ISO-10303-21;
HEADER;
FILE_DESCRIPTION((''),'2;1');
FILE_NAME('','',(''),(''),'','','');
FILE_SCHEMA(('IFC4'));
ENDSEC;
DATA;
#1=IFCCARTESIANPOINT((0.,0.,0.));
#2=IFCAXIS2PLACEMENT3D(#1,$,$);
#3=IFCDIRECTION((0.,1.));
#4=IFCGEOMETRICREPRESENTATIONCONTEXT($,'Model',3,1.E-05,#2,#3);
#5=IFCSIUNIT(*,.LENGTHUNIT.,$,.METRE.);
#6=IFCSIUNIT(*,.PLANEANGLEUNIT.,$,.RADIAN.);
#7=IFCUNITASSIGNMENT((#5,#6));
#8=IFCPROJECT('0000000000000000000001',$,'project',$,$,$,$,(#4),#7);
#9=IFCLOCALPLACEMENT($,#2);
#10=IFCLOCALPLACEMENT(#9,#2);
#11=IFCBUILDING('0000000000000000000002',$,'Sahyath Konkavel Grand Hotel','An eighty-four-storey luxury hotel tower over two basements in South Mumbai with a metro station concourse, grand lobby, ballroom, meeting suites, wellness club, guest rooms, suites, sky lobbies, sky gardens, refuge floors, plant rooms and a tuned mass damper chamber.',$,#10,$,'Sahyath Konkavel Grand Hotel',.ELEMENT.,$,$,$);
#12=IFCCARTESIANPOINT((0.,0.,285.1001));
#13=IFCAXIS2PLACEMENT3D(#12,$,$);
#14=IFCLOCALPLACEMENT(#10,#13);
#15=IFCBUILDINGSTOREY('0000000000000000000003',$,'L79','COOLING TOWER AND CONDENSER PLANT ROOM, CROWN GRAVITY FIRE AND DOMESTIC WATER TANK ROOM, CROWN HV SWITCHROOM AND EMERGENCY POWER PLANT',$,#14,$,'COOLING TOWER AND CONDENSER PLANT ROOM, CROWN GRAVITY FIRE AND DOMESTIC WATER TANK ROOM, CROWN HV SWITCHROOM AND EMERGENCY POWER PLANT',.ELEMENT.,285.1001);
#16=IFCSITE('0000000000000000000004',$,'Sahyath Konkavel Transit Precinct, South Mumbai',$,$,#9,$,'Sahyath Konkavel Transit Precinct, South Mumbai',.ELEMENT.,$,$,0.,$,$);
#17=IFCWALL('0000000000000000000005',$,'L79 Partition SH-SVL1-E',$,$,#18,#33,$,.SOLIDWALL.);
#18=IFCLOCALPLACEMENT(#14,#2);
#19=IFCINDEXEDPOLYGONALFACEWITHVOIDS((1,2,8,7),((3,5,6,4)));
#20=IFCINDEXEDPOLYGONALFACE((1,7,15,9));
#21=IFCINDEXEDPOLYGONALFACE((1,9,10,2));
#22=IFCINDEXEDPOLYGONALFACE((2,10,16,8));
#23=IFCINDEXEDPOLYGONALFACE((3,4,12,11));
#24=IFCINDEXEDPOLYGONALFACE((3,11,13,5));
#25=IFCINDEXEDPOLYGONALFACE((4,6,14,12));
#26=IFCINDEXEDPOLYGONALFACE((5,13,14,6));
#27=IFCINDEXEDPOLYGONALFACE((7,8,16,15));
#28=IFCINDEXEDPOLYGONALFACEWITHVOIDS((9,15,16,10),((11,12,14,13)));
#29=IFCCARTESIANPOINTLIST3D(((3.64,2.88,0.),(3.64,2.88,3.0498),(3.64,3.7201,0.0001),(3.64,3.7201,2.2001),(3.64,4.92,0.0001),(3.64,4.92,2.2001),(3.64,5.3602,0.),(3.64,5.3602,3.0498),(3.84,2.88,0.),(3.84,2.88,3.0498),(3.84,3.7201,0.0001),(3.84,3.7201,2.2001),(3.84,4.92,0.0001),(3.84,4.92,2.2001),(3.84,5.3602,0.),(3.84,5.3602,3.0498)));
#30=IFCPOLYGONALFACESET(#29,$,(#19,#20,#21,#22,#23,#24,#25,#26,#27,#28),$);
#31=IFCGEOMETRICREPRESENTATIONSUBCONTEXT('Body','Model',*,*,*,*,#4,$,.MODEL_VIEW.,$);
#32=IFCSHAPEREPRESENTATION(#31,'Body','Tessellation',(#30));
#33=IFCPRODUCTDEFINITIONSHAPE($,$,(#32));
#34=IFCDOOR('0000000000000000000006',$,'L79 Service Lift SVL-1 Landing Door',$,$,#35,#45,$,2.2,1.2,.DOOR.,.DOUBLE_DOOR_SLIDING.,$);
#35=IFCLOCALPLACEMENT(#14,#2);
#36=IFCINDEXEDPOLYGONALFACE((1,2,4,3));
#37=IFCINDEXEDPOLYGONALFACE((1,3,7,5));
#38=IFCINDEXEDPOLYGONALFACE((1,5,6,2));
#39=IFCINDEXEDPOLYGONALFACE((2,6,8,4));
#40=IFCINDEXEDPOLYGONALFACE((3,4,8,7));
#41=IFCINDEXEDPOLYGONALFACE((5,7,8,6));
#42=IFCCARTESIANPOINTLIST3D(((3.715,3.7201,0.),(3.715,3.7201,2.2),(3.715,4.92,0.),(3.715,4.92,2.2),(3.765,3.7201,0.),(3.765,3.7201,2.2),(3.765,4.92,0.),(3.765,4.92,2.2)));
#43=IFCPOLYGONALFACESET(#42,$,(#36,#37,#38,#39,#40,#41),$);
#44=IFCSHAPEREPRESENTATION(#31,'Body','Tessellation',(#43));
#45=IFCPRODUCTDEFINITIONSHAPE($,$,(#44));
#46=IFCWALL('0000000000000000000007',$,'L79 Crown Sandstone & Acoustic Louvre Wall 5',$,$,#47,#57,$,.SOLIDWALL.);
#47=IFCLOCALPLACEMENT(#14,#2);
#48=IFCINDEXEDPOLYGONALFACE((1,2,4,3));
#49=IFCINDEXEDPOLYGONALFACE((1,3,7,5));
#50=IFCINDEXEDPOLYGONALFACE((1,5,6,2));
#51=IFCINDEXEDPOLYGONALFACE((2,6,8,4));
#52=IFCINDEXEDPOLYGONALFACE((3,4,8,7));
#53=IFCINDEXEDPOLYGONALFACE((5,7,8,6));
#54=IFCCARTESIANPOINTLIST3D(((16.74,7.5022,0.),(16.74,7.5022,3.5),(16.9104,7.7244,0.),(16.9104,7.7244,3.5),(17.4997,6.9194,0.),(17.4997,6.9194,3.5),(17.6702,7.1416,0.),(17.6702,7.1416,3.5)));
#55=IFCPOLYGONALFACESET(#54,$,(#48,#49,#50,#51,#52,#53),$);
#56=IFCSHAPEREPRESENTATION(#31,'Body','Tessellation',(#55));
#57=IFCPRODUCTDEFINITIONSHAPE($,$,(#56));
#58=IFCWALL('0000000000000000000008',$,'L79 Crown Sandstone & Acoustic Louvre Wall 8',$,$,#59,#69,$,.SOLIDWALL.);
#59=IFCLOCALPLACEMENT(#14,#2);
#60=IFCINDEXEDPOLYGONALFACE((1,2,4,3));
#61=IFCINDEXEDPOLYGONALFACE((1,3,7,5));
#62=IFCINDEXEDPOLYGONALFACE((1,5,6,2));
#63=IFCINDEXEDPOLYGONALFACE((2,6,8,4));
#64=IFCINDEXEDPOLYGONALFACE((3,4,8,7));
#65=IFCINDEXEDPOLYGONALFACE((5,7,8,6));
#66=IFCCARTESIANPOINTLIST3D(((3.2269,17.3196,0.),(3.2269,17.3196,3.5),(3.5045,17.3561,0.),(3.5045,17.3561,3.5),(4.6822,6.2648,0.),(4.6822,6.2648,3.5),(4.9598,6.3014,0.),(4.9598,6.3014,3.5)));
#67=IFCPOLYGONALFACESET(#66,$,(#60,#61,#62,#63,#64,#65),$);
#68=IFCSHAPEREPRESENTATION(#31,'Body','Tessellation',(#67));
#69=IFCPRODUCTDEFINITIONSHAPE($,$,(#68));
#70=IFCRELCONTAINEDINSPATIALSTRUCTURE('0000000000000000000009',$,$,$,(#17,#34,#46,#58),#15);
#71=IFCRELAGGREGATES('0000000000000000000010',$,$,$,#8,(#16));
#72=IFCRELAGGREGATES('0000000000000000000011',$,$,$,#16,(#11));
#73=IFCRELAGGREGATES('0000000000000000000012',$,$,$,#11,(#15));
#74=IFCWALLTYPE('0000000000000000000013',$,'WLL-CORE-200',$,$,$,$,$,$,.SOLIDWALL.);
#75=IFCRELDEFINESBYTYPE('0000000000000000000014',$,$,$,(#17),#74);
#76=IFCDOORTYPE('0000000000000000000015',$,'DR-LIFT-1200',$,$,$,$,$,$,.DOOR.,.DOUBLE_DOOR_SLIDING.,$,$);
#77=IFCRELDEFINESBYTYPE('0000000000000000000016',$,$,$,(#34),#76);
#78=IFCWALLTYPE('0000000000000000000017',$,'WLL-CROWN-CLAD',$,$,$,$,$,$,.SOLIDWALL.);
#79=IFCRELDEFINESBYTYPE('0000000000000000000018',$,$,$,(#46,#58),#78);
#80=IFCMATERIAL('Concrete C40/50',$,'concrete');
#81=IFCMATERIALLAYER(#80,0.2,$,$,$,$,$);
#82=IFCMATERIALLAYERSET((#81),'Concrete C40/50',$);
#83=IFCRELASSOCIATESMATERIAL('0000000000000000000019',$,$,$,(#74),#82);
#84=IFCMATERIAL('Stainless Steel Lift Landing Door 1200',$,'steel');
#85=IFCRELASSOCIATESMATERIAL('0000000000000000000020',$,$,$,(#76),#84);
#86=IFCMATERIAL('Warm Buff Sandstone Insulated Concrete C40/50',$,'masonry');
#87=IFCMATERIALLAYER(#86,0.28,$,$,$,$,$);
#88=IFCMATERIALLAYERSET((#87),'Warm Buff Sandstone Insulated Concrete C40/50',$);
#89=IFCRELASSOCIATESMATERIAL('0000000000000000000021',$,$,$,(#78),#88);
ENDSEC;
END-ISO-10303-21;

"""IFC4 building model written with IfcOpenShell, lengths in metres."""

from ifc_helpers import new_model, si_unit, direction, frame, frame_2d, origin, origin_2d, place, context, subcontext, project, spatial, rectangle, extrude, source, transform, mapped, material, layer, layer_set, type_object, element, fill, save


model = new_model("IFC4")

# Units and contexts
model_context = context("Model", 3, precision=1e-05, world=origin(), true_north=direction((0.0, 1.0)))
body_context = subcontext(model_context, "Body", "Model", "MODEL_VIEW")
ifc_project = project(units=[si_unit("LENGTHUNIT", "METRE"), si_unit("PLANEANGLEUNIT", "RADIAN")], contexts=[model_context])

# Site, building, storey
site_placement = place(None, origin())
site = spatial("IfcSite", under=ifc_project, at=site_placement, Name="Sahyath Konkavel Transit Precinct, South Mumbai", LongName="Sahyath Konkavel Transit Precinct, South Mumbai", CompositionType="ELEMENT", RefElevation=0.0)
building_placement = place(site_placement, origin())
building = spatial("IfcBuilding", under=site, at=building_placement, Name="Sahyath Konkavel Grand Hotel", Description="An eighty-four-storey luxury hotel tower over two basements in South Mumbai with a metro station concourse, grand lobby, ballroom, meeting suites, wellness club, guest rooms, suites, sky lobbies, sky gardens, refuge floors, plant rooms and a tuned mass damper chamber.", LongName="Sahyath Konkavel Grand Hotel", CompositionType="ELEMENT")
storey_placement = place(building_placement, frame((0.0, 0.0, 285.1001)))
storey = spatial("IfcBuildingStorey", under=building, at=storey_placement, Name="L79", Description="COOLING TOWER AND CONDENSER PLANT ROOM, CROWN GRAVITY FIRE AND DOMESTIC WATER TANK ROOM, CROWN HV SWITCHROOM AND EMERGENCY POWER PLANT", LongName="COOLING TOWER AND CONDENSER PLANT ROOM, CROWN GRAVITY FIRE AND DOMESTIC WATER TANK ROOM, CROWN HV SWITCHROOM AND EMERGENCY POWER PLANT", CompositionType="ELEMENT", Elevation=285.1001)

# Shared definitions
ifc_material_1 = material(Name="Concrete C40/50", Category="concrete")

# Shared definitions
ifc_layer_1 = layer(ifc_material_1, 0.2)
ifc_layer_set_1 = layer_set([ifc_layer_1], Name="Concrete C40/50")
wall_type_1 = type_object("IfcWallType", Name="WLL-CORE-200", PredefinedType="SOLIDWALL", material=ifc_layer_set_1)

# Wall, opening, door
wall_1_placement = place(storey_placement, frame((3.74, 2.8799, 0.0), z_axis=(0.0, 0.0, 1.0), x_axis=(0.0, 1.0, 0.0)))
wall_1 = element("IfcWall", 1, at=wall_1_placement, inside=storey, type_object=wall_type_1, Name="L79 Partition SH-SVL1-E", PredefinedType="SOLIDWALL", context=body_context, shape_type="SweptSolid", body=[
    extrude(rectangle(XDim=2.4802, YDim=0.2, at=frame_2d((1.2402, 0.0))), origin(), (0.0, 0.0, 1.0), 3.0498),
])
opening_1_placement = place(wall_1_placement, frame((0.8401, 0.0, 0.0)))
opening_1 = element("IfcOpeningElement", 2, at=opening_1_placement, cuts=wall_1, PredefinedType="OPENING", context=body_context, shape_type="SweptSolid", body=[
    extrude(rectangle(XDim=1.2, YDim=2.2, at=frame_2d((0.6001, 1.1001))), frame((0.0, 0.1099, 0.0), z_axis=(0.0, -1.0, 0.0), x_axis=(1.0, 0.0, 0.0)), (0.0, 0.0, 1.0), 0.22),
])
ifc_material_2 = material(Name="Stainless Steel Lift Landing Door 1200", Category="steel")
door_type_1 = type_object("IfcDoorType", Name="DR-LIFT-1200", OperationType="DOUBLE_DOOR_SLIDING", PredefinedType="DOOR", material=ifc_material_2)
shared_shape_1 = source(origin(), body_context, "Body", "SweptSolid", [
    extrude(rectangle(XDim=1.2, YDim=0.05, at=origin_2d()), origin(), (0.0, 0.0, 1.0), 2.2),
])
door_1_placement = place(opening_1_placement, frame((0.6001, 0.0, 0.0)))
door_1 = element("IfcDoor", 3, at=door_1_placement, inside=storey, type_object=door_type_1, Name="L79 Service Lift SVL-1 Landing Door", OperationType="DOUBLE_DOOR_SLIDING", OverallHeight=2.2, OverallWidth=1.2, PredefinedType="DOOR", context=body_context, shape_type="MappedRepresentation", body=[
    mapped(shared_shape_1, transform((0.0, 0.0, 0.0), scale=1.0)),
])
fill(opening_1, door_1)

# Walls
ifc_material_3 = material(Name="Warm Buff Sandstone Insulated Concrete C40/50", Category="masonry")
ifc_layer_2 = layer(ifc_material_3, 0.28)
ifc_layer_set_2 = layer_set([ifc_layer_2], Name="Warm Buff Sandstone Insulated Concrete C40/50")
wall_type_2 = type_object("IfcWallType", Name="WLL-CROWN-CLAD", PredefinedType="SOLIDWALL", material=ifc_layer_set_2)
wall_2_placement = place(storey_placement, frame((17.585, 7.0305, 0.0), z_axis=(0.0, 0.0, 1.0), x_axis=(-0.793467, 0.608614, 0.0)))
element("IfcWall", 4, at=wall_2_placement, inside=storey, type_object=wall_type_2, Name="L79 Crown Sandstone & Acoustic Louvre Wall 5", PredefinedType="SOLIDWALL", context=body_context, shape_type="SweptSolid", body=[
    extrude(rectangle(XDim=0.9575, YDim=0.28, at=frame_2d((0.4788, 0.0))), origin(), (0.0, 0.0, 1.0), 3.5),
])
wall_3_placement = place(storey_placement, frame((4.821, 6.283, 0.0), z_axis=(0.0, 0.0, 1.0), x_axis=(-0.130521, 0.991445, 0.0)))
element("IfcWall", 5, at=wall_3_placement, inside=storey, type_object=wall_type_2, Name="L79 Crown Sandstone & Acoustic Louvre Wall 8", PredefinedType="SOLIDWALL", context=body_context, shape_type="SweptSolid", body=[
    extrude(rectangle(XDim=11.1501, YDim=0.28, at=frame_2d((5.5752, 0.0))), origin(), (0.0, 0.0, 1.0), 3.5),
])

save(model, "model.ifc")
